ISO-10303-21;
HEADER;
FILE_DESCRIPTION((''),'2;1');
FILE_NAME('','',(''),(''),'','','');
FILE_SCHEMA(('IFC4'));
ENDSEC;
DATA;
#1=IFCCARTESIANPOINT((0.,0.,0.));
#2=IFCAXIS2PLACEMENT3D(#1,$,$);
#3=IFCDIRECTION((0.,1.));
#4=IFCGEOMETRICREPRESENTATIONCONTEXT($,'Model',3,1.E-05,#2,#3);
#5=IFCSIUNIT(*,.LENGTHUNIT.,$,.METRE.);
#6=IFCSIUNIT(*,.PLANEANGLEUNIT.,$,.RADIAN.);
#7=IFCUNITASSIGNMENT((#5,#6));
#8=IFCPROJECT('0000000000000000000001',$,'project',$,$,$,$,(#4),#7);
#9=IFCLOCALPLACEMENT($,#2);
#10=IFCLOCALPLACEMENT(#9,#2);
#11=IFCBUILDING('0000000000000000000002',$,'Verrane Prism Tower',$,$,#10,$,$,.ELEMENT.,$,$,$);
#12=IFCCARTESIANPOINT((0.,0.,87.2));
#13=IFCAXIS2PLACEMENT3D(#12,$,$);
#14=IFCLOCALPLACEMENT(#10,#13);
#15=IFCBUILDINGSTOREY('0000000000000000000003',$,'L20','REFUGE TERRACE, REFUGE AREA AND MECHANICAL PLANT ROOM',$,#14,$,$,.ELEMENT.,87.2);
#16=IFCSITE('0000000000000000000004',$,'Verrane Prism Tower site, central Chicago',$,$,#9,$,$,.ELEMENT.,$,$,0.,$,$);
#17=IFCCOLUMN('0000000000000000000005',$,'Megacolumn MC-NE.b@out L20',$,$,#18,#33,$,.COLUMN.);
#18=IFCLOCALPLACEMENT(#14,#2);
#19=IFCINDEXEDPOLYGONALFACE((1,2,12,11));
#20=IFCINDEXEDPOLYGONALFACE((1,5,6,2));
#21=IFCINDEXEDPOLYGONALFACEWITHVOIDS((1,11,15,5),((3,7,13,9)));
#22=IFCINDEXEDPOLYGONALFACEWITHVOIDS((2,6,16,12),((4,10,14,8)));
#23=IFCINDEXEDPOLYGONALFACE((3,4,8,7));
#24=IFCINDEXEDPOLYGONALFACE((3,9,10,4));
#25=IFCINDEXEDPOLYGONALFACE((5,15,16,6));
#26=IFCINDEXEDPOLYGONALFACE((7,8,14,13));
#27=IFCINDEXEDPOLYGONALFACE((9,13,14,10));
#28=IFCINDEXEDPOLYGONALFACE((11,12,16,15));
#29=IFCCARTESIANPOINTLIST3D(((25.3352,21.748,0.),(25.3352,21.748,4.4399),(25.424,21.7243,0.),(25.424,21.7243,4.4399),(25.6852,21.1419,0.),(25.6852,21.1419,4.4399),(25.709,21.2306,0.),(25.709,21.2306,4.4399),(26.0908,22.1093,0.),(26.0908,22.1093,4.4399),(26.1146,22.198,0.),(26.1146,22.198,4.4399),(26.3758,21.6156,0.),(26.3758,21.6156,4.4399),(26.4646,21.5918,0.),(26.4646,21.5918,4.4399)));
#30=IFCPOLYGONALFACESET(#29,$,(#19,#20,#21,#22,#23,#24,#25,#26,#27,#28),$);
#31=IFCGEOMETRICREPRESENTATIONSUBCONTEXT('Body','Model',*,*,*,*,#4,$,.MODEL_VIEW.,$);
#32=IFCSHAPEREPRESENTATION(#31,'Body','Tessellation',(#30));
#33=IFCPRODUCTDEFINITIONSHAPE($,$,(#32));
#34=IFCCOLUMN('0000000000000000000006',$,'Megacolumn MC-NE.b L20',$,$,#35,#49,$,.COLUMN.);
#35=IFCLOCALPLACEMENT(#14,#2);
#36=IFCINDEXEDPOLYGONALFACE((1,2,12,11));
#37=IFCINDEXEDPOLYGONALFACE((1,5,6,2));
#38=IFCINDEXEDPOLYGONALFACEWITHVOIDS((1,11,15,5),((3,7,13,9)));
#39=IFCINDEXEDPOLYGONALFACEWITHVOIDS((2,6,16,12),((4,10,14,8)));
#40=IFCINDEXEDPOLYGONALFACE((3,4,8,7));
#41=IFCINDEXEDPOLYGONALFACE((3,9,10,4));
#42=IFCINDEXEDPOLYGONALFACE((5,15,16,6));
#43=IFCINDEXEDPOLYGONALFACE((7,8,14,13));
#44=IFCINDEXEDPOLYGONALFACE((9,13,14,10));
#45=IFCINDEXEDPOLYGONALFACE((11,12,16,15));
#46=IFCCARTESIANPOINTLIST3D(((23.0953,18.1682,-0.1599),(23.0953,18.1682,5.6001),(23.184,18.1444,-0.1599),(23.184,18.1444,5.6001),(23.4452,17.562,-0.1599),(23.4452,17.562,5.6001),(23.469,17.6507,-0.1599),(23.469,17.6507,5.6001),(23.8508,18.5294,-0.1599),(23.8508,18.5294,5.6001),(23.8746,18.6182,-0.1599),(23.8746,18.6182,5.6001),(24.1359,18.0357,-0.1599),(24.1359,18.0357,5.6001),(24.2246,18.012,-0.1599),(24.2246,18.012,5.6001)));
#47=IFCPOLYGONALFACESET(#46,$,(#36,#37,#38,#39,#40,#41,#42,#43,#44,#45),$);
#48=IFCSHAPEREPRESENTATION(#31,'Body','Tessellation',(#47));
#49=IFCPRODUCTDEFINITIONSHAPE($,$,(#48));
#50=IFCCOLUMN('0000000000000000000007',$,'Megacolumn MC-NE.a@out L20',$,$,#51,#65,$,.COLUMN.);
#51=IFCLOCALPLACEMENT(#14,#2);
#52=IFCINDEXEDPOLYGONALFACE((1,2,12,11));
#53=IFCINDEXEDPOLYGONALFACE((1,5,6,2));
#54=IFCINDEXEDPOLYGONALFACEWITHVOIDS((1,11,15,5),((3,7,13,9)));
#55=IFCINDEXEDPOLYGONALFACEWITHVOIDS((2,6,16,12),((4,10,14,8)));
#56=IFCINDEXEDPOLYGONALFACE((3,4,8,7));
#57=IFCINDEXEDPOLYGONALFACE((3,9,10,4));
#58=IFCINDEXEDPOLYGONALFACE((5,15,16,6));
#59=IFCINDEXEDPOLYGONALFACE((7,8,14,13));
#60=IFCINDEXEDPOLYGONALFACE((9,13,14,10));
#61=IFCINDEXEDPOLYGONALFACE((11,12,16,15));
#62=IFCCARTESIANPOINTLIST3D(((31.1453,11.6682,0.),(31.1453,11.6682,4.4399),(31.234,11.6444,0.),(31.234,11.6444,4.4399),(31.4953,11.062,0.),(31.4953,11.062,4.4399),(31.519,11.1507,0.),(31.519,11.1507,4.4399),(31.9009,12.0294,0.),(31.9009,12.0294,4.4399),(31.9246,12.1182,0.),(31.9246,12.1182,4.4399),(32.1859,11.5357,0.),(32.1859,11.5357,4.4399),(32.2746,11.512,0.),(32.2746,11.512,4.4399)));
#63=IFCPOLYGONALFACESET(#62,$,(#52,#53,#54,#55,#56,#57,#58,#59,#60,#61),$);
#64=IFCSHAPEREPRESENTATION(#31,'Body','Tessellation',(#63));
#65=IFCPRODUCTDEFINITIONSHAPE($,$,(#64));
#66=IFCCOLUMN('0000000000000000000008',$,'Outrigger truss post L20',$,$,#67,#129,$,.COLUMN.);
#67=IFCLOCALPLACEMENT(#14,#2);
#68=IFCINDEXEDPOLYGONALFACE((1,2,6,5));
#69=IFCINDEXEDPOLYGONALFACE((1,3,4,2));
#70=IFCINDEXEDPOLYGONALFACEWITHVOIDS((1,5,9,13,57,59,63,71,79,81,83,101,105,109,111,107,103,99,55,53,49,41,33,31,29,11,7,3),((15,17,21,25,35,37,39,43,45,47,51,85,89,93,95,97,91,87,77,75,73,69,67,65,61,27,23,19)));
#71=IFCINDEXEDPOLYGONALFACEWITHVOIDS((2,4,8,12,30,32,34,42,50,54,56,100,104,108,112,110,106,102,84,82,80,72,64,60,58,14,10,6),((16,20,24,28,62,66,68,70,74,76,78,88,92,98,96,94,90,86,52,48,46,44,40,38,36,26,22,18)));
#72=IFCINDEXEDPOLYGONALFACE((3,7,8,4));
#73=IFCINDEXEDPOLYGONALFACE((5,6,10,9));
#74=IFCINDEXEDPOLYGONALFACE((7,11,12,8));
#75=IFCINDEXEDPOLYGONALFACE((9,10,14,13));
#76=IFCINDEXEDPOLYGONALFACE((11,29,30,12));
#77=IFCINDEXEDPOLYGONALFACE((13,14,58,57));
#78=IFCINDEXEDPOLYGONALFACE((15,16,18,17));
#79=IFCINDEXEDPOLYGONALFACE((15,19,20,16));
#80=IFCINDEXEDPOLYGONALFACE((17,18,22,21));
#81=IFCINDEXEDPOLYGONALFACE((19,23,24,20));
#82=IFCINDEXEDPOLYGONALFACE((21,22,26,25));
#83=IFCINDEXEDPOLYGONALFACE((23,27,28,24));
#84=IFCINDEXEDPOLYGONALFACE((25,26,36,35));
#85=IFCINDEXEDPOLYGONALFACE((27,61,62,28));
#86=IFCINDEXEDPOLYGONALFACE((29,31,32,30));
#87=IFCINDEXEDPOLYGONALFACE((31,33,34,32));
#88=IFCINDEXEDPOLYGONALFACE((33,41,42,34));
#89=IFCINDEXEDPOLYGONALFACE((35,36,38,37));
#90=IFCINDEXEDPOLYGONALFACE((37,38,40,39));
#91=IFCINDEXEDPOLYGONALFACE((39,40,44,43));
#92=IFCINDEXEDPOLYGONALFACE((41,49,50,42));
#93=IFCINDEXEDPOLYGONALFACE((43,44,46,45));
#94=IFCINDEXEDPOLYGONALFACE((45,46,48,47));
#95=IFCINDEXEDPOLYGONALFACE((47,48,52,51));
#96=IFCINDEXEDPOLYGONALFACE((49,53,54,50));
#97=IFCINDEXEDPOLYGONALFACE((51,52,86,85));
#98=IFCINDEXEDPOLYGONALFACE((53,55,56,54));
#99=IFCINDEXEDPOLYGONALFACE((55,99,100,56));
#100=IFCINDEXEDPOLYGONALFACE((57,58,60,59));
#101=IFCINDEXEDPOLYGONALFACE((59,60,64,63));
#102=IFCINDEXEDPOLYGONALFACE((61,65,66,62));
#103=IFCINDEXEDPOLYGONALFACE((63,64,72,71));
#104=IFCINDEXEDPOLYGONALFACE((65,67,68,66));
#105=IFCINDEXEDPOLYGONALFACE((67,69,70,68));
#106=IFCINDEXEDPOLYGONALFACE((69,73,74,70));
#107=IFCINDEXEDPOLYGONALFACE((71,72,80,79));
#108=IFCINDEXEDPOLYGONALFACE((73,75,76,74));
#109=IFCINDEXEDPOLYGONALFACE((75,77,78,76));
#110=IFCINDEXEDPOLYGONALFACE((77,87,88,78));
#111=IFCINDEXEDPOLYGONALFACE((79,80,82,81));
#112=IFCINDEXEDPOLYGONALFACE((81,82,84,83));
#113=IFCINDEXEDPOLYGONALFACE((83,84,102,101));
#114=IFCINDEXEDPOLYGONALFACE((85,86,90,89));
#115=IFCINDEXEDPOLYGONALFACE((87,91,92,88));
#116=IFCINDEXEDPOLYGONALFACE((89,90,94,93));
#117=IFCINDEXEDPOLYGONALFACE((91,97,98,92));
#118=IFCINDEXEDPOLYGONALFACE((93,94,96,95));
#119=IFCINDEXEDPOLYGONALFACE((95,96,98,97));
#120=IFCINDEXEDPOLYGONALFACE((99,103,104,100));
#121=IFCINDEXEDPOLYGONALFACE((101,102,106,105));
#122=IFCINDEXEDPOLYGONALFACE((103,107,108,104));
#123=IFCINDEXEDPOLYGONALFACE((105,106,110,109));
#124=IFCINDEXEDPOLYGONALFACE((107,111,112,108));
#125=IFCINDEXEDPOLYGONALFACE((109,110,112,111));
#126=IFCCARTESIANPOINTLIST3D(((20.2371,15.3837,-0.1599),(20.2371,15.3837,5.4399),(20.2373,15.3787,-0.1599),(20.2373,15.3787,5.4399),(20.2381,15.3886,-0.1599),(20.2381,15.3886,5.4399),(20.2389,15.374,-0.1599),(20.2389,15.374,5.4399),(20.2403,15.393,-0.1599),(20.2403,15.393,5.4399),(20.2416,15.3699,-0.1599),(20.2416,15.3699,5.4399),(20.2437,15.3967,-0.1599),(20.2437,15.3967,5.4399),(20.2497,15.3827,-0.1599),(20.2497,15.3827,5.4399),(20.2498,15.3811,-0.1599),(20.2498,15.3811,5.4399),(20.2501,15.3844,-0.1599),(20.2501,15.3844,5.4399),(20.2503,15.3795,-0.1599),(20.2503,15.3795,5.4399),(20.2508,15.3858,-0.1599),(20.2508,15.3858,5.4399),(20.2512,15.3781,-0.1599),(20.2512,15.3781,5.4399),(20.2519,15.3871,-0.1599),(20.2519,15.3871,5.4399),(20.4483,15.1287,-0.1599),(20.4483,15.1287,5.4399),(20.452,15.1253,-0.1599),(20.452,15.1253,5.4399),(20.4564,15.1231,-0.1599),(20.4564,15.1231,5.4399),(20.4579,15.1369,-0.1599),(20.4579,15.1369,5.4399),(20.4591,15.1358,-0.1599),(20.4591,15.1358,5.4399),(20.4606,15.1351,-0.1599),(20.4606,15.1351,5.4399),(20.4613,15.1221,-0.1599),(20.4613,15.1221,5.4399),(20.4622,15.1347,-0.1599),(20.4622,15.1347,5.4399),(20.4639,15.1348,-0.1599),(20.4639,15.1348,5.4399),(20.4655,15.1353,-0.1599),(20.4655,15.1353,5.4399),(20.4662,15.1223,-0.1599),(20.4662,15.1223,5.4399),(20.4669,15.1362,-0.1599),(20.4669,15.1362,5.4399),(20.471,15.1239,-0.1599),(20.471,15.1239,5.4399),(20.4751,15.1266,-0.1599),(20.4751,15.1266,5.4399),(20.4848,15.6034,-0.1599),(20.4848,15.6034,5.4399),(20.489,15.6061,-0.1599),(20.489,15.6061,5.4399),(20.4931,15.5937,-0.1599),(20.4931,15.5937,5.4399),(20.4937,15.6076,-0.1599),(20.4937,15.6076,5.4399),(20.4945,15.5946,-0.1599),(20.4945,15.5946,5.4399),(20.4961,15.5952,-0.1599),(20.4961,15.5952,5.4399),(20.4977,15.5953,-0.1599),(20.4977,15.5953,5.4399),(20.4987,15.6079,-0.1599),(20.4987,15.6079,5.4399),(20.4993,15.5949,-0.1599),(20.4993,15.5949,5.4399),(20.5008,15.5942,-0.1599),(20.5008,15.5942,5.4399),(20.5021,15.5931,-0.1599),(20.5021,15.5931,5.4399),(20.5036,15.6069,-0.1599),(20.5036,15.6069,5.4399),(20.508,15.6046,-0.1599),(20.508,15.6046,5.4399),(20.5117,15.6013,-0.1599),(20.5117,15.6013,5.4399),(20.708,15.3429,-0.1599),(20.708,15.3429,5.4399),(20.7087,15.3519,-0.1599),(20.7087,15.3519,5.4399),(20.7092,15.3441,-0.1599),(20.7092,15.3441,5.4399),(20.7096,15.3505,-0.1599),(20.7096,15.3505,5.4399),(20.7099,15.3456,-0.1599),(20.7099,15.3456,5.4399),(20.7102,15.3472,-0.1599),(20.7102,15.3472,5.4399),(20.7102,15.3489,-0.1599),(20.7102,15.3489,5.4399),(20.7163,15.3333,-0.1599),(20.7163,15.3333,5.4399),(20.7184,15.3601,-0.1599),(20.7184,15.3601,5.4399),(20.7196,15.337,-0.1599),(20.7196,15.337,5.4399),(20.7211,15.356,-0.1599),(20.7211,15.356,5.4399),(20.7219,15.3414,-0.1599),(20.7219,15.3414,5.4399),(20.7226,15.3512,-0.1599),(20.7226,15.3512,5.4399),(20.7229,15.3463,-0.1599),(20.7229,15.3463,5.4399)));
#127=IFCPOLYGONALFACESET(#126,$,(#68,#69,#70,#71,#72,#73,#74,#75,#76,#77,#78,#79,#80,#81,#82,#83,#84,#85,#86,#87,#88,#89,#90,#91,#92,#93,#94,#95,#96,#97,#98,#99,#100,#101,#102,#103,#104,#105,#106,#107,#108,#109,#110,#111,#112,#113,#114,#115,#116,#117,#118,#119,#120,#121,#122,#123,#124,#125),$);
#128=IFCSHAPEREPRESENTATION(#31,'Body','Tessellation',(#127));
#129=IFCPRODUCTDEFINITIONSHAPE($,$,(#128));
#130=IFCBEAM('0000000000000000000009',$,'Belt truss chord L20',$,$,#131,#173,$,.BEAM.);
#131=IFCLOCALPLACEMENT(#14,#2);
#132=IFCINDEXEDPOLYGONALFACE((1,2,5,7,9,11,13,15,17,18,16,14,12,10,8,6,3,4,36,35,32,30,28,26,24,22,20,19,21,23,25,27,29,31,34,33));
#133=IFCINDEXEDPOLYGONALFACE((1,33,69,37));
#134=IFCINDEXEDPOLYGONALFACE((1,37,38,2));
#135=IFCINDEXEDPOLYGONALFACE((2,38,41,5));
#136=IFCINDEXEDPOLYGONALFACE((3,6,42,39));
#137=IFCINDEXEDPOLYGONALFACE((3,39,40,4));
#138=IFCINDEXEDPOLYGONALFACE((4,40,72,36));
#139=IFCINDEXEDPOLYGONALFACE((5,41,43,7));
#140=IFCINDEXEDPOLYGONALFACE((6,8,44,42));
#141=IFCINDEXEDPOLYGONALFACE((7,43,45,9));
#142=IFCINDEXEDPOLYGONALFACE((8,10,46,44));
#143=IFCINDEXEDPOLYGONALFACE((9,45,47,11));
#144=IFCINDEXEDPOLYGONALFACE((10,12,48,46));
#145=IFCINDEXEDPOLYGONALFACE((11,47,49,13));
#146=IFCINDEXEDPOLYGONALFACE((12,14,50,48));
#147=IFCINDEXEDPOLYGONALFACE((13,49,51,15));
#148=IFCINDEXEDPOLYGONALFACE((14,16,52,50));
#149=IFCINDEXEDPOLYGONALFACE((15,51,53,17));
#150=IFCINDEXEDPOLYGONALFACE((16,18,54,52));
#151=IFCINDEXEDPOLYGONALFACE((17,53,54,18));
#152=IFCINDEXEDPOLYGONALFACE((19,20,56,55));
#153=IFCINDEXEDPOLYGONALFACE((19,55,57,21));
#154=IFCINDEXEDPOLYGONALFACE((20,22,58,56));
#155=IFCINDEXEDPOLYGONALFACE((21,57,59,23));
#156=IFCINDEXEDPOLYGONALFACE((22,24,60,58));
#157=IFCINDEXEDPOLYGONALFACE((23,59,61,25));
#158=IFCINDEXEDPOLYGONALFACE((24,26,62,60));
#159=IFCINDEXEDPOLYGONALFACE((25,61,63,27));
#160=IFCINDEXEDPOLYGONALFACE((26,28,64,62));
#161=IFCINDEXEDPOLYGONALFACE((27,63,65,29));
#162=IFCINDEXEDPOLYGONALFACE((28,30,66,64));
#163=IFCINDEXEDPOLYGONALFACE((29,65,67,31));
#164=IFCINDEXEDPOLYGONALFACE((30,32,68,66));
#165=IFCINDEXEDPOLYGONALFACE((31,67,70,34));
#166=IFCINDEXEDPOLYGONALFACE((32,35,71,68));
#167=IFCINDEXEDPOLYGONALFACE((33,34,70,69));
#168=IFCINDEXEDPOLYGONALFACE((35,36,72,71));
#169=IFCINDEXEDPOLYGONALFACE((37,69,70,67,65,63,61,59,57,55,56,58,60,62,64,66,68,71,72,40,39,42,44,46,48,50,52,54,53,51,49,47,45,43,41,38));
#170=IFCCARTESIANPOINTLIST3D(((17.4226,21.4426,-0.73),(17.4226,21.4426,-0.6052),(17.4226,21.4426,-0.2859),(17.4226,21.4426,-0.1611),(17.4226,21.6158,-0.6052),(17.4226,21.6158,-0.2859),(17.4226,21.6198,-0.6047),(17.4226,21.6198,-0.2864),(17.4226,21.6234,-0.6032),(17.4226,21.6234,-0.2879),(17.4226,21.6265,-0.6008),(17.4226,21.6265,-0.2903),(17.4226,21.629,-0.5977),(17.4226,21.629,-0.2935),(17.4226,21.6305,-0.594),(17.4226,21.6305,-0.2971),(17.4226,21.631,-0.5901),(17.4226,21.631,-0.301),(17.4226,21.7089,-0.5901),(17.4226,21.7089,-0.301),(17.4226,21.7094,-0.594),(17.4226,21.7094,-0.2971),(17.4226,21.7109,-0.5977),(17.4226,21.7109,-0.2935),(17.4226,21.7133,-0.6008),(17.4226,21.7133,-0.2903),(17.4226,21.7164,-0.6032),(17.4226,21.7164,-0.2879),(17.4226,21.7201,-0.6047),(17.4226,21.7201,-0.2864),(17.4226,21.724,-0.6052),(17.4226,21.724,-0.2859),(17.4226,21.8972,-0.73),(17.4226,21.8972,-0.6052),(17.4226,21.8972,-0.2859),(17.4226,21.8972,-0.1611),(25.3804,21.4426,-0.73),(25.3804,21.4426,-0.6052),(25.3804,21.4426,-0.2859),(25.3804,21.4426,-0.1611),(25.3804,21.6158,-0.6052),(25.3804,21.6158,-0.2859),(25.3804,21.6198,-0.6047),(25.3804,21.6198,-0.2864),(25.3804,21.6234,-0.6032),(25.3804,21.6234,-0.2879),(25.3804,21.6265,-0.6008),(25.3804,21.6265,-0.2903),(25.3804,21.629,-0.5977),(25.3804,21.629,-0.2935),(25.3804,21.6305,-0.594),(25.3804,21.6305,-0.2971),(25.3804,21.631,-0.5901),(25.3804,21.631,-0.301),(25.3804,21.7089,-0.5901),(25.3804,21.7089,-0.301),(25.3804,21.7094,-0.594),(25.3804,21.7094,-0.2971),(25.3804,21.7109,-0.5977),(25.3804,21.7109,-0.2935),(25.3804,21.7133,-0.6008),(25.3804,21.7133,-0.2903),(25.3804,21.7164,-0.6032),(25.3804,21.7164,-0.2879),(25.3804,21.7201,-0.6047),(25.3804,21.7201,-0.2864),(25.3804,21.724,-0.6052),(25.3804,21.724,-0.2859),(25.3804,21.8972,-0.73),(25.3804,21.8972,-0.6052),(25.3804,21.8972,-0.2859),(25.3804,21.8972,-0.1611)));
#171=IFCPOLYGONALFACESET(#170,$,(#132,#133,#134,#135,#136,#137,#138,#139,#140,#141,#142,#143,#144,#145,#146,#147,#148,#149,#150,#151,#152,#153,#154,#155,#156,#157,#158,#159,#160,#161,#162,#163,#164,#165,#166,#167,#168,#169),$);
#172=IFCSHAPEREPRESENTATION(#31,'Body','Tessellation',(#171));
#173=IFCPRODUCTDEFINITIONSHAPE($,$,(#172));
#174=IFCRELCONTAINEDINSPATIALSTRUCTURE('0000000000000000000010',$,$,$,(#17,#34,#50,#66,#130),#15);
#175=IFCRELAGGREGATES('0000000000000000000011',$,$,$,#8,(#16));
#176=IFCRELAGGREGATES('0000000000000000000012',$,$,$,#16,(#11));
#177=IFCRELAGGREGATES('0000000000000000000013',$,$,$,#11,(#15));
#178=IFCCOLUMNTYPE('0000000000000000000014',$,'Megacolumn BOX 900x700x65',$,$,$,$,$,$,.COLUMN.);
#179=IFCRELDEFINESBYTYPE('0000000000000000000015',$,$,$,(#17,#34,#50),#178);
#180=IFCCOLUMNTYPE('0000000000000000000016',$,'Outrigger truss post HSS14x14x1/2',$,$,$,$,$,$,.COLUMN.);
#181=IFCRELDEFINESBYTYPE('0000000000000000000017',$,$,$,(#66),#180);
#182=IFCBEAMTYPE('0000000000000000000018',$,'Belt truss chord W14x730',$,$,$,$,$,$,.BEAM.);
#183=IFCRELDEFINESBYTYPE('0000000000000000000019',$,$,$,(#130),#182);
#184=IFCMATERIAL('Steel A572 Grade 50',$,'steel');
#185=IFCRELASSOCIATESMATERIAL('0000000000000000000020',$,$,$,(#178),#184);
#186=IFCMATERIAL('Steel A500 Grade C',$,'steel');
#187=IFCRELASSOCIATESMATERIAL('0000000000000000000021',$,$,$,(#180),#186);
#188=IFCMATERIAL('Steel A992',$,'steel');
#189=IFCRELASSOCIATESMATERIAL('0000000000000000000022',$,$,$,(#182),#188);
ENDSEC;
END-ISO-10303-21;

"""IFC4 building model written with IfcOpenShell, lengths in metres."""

from ifc_helpers import new_model, si_unit, direction, frame, origin, origin_2d, place, context, subcontext, project, spatial, hollow_rectangle, i_section, extrude, material, material_profile, profile_set, type_object, element, save


model = new_model("IFC4")

# Units and contexts
model_context = context("Model", 3, precision=1e-05, world=origin(), true_north=direction((0.0, 1.0)))
body_context = subcontext(model_context, "Body", "Model", "MODEL_VIEW")
ifc_project = project(units=[si_unit("LENGTHUNIT", "METRE"), si_unit("PLANEANGLEUNIT", "RADIAN")], contexts=[model_context])

# Site, building, storey
site_placement = place(None, origin())
site = spatial("IfcSite", under=ifc_project, at=site_placement, Name="Verrane Prism Tower site, central Chicago", CompositionType="ELEMENT", RefElevation=0.0)
building_placement = place(site_placement, origin())
building = spatial("IfcBuilding", under=site, at=building_placement, Name="Verrane Prism Tower", CompositionType="ELEMENT")
storey_placement = place(building_placement, frame((0.0, 0.0, 87.2)))
storey = spatial("IfcBuildingStorey", under=building, at=storey_placement, Name="L20", Description="REFUGE TERRACE, REFUGE AREA AND MECHANICAL PLANT ROOM", CompositionType="ELEMENT", Elevation=87.2)

# Columns
ifc_material_1 = material(Name="Steel A572 Grade 50", Category="steel")
ifc_material_profile_1 = material_profile(ifc_material_1, hollow_rectangle(XDim=0.7, YDim=0.8999, WallThickness=0.0649, at=origin_2d()), Name="BOX 900x700x65")
ifc_profile_set_1 = profile_set([ifc_material_profile_1], Name="Steel A572 Grade 50")
column_type_1 = type_object("IfcColumnType", Name="Megacolumn BOX 900x700x65", PredefinedType="COLUMN", material=ifc_profile_set_1)
column_1_placement = place(storey_placement, frame((25.8999, 21.6699, 0.0), z_axis=(0.0, 0.0, 1.0), x_axis=(0.5, -0.866025, 0.0)))
element("IfcColumn", 1, at=column_1_placement, inside=storey, type_object=column_type_1, Name="Megacolumn MC-NE.b@out L20", PredefinedType="COLUMN", context=body_context, shape_type="SweptSolid", body=[
    extrude(hollow_rectangle(XDim=0.7, YDim=0.8999, WallThickness=0.0649, at=origin_2d()), origin(), (0.0, 0.0, 1.0), 4.4399),
])
column_2_placement = place(storey_placement, frame((23.6599, 18.0901, -0.1599), z_axis=(0.0, 0.0, 1.0), x_axis=(0.5, -0.866025, 0.0)))
element("IfcColumn", 2, at=column_2_placement, inside=storey, type_object=column_type_1, Name="Megacolumn MC-NE.b L20", PredefinedType="COLUMN", context=body_context, shape_type="SweptSolid", body=[
    extrude(hollow_rectangle(XDim=0.7, YDim=0.8999, WallThickness=0.0649, at=origin_2d()), origin(), (0.0, 0.0, 1.0), 5.76),
])
column_3_placement = place(storey_placement, frame((31.71, 11.5901, 0.0), z_axis=(0.0, 0.0, 1.0), x_axis=(0.5, -0.866025, 0.0)))
element("IfcColumn", 3, at=column_3_placement, inside=storey, type_object=column_type_1, Name="Megacolumn MC-NE.a@out L20", PredefinedType="COLUMN", context=body_context, shape_type="SweptSolid", body=[
    extrude(hollow_rectangle(XDim=0.7, YDim=0.8999, WallThickness=0.0649, at=origin_2d()), origin(), (0.0, 0.0, 1.0), 4.4399),
])
ifc_material_2 = material(Name="Steel A500 Grade C", Category="steel")
ifc_material_profile_2 = material_profile(ifc_material_2, hollow_rectangle(XDim=0.3557, YDim=0.3557, WallThickness=0.0127, InnerFilletRadius=0.0063, OuterFilletRadius=0.019, at=origin_2d()), Name="HSS14x14x1/2")
ifc_profile_set_2 = profile_set([ifc_material_profile_2], Name="Steel A500 Grade C")
column_type_2 = type_object("IfcColumnType", Name="Outrigger truss post HSS14x14x1/2", PredefinedType="COLUMN", material=ifc_profile_set_2)
column_4_placement = place(storey_placement, frame((20.48, 15.365, -0.1599), z_axis=(0.0, 0.0, 1.0), x_axis=(-0.650693, 0.759341, 0.0)))
element("IfcColumn", 4, at=column_4_placement, inside=storey, type_object=column_type_2, Name="Outrigger truss post L20", PredefinedType="COLUMN", context=body_context, shape_type="SweptSolid", body=[
    extrude(hollow_rectangle(XDim=0.3557, YDim=0.3557, WallThickness=0.0127, InnerFilletRadius=0.0063, OuterFilletRadius=0.019, at=origin_2d()), origin(), (0.0, 0.0, 1.0), 5.5999),
])

# Beam
ifc_material_3 = material(Name="Steel A992", Category="steel")
ifc_material_profile_3 = material_profile(ifc_material_3, i_section(OverallWidth=0.4546, OverallDepth=0.5688, WebThickness=0.0779, FlangeThickness=0.1248, FilletRadius=0.0151, at=origin_2d()), Name="W14x730")
ifc_profile_set_3 = profile_set([ifc_material_profile_3], Name="Steel A992")
beam_type_1 = type_object("IfcBeamType", Name="Belt truss chord W14x730", PredefinedType="BEAM", material=ifc_profile_set_3)
beam_1_placement = place(storey_placement, frame((25.3804, 21.6699, -0.4456), z_axis=(-1.0, 0.0, 0.0), x_axis=(0.0, -1.0, 0.0)))
element("IfcBeam", 5, at=beam_1_placement, inside=storey, type_object=beam_type_1, Name="Belt truss chord L20", PredefinedType="BEAM", context=body_context, shape_type="SweptSolid", body=[
    extrude(i_section(OverallWidth=0.4546, OverallDepth=0.5688, WebThickness=0.0779, FlangeThickness=0.1248, FilletRadius=0.0151, at=origin_2d()), origin(), (0.0, 0.0, 1.0), 7.9578),
])

save(model, "model.ifc")
